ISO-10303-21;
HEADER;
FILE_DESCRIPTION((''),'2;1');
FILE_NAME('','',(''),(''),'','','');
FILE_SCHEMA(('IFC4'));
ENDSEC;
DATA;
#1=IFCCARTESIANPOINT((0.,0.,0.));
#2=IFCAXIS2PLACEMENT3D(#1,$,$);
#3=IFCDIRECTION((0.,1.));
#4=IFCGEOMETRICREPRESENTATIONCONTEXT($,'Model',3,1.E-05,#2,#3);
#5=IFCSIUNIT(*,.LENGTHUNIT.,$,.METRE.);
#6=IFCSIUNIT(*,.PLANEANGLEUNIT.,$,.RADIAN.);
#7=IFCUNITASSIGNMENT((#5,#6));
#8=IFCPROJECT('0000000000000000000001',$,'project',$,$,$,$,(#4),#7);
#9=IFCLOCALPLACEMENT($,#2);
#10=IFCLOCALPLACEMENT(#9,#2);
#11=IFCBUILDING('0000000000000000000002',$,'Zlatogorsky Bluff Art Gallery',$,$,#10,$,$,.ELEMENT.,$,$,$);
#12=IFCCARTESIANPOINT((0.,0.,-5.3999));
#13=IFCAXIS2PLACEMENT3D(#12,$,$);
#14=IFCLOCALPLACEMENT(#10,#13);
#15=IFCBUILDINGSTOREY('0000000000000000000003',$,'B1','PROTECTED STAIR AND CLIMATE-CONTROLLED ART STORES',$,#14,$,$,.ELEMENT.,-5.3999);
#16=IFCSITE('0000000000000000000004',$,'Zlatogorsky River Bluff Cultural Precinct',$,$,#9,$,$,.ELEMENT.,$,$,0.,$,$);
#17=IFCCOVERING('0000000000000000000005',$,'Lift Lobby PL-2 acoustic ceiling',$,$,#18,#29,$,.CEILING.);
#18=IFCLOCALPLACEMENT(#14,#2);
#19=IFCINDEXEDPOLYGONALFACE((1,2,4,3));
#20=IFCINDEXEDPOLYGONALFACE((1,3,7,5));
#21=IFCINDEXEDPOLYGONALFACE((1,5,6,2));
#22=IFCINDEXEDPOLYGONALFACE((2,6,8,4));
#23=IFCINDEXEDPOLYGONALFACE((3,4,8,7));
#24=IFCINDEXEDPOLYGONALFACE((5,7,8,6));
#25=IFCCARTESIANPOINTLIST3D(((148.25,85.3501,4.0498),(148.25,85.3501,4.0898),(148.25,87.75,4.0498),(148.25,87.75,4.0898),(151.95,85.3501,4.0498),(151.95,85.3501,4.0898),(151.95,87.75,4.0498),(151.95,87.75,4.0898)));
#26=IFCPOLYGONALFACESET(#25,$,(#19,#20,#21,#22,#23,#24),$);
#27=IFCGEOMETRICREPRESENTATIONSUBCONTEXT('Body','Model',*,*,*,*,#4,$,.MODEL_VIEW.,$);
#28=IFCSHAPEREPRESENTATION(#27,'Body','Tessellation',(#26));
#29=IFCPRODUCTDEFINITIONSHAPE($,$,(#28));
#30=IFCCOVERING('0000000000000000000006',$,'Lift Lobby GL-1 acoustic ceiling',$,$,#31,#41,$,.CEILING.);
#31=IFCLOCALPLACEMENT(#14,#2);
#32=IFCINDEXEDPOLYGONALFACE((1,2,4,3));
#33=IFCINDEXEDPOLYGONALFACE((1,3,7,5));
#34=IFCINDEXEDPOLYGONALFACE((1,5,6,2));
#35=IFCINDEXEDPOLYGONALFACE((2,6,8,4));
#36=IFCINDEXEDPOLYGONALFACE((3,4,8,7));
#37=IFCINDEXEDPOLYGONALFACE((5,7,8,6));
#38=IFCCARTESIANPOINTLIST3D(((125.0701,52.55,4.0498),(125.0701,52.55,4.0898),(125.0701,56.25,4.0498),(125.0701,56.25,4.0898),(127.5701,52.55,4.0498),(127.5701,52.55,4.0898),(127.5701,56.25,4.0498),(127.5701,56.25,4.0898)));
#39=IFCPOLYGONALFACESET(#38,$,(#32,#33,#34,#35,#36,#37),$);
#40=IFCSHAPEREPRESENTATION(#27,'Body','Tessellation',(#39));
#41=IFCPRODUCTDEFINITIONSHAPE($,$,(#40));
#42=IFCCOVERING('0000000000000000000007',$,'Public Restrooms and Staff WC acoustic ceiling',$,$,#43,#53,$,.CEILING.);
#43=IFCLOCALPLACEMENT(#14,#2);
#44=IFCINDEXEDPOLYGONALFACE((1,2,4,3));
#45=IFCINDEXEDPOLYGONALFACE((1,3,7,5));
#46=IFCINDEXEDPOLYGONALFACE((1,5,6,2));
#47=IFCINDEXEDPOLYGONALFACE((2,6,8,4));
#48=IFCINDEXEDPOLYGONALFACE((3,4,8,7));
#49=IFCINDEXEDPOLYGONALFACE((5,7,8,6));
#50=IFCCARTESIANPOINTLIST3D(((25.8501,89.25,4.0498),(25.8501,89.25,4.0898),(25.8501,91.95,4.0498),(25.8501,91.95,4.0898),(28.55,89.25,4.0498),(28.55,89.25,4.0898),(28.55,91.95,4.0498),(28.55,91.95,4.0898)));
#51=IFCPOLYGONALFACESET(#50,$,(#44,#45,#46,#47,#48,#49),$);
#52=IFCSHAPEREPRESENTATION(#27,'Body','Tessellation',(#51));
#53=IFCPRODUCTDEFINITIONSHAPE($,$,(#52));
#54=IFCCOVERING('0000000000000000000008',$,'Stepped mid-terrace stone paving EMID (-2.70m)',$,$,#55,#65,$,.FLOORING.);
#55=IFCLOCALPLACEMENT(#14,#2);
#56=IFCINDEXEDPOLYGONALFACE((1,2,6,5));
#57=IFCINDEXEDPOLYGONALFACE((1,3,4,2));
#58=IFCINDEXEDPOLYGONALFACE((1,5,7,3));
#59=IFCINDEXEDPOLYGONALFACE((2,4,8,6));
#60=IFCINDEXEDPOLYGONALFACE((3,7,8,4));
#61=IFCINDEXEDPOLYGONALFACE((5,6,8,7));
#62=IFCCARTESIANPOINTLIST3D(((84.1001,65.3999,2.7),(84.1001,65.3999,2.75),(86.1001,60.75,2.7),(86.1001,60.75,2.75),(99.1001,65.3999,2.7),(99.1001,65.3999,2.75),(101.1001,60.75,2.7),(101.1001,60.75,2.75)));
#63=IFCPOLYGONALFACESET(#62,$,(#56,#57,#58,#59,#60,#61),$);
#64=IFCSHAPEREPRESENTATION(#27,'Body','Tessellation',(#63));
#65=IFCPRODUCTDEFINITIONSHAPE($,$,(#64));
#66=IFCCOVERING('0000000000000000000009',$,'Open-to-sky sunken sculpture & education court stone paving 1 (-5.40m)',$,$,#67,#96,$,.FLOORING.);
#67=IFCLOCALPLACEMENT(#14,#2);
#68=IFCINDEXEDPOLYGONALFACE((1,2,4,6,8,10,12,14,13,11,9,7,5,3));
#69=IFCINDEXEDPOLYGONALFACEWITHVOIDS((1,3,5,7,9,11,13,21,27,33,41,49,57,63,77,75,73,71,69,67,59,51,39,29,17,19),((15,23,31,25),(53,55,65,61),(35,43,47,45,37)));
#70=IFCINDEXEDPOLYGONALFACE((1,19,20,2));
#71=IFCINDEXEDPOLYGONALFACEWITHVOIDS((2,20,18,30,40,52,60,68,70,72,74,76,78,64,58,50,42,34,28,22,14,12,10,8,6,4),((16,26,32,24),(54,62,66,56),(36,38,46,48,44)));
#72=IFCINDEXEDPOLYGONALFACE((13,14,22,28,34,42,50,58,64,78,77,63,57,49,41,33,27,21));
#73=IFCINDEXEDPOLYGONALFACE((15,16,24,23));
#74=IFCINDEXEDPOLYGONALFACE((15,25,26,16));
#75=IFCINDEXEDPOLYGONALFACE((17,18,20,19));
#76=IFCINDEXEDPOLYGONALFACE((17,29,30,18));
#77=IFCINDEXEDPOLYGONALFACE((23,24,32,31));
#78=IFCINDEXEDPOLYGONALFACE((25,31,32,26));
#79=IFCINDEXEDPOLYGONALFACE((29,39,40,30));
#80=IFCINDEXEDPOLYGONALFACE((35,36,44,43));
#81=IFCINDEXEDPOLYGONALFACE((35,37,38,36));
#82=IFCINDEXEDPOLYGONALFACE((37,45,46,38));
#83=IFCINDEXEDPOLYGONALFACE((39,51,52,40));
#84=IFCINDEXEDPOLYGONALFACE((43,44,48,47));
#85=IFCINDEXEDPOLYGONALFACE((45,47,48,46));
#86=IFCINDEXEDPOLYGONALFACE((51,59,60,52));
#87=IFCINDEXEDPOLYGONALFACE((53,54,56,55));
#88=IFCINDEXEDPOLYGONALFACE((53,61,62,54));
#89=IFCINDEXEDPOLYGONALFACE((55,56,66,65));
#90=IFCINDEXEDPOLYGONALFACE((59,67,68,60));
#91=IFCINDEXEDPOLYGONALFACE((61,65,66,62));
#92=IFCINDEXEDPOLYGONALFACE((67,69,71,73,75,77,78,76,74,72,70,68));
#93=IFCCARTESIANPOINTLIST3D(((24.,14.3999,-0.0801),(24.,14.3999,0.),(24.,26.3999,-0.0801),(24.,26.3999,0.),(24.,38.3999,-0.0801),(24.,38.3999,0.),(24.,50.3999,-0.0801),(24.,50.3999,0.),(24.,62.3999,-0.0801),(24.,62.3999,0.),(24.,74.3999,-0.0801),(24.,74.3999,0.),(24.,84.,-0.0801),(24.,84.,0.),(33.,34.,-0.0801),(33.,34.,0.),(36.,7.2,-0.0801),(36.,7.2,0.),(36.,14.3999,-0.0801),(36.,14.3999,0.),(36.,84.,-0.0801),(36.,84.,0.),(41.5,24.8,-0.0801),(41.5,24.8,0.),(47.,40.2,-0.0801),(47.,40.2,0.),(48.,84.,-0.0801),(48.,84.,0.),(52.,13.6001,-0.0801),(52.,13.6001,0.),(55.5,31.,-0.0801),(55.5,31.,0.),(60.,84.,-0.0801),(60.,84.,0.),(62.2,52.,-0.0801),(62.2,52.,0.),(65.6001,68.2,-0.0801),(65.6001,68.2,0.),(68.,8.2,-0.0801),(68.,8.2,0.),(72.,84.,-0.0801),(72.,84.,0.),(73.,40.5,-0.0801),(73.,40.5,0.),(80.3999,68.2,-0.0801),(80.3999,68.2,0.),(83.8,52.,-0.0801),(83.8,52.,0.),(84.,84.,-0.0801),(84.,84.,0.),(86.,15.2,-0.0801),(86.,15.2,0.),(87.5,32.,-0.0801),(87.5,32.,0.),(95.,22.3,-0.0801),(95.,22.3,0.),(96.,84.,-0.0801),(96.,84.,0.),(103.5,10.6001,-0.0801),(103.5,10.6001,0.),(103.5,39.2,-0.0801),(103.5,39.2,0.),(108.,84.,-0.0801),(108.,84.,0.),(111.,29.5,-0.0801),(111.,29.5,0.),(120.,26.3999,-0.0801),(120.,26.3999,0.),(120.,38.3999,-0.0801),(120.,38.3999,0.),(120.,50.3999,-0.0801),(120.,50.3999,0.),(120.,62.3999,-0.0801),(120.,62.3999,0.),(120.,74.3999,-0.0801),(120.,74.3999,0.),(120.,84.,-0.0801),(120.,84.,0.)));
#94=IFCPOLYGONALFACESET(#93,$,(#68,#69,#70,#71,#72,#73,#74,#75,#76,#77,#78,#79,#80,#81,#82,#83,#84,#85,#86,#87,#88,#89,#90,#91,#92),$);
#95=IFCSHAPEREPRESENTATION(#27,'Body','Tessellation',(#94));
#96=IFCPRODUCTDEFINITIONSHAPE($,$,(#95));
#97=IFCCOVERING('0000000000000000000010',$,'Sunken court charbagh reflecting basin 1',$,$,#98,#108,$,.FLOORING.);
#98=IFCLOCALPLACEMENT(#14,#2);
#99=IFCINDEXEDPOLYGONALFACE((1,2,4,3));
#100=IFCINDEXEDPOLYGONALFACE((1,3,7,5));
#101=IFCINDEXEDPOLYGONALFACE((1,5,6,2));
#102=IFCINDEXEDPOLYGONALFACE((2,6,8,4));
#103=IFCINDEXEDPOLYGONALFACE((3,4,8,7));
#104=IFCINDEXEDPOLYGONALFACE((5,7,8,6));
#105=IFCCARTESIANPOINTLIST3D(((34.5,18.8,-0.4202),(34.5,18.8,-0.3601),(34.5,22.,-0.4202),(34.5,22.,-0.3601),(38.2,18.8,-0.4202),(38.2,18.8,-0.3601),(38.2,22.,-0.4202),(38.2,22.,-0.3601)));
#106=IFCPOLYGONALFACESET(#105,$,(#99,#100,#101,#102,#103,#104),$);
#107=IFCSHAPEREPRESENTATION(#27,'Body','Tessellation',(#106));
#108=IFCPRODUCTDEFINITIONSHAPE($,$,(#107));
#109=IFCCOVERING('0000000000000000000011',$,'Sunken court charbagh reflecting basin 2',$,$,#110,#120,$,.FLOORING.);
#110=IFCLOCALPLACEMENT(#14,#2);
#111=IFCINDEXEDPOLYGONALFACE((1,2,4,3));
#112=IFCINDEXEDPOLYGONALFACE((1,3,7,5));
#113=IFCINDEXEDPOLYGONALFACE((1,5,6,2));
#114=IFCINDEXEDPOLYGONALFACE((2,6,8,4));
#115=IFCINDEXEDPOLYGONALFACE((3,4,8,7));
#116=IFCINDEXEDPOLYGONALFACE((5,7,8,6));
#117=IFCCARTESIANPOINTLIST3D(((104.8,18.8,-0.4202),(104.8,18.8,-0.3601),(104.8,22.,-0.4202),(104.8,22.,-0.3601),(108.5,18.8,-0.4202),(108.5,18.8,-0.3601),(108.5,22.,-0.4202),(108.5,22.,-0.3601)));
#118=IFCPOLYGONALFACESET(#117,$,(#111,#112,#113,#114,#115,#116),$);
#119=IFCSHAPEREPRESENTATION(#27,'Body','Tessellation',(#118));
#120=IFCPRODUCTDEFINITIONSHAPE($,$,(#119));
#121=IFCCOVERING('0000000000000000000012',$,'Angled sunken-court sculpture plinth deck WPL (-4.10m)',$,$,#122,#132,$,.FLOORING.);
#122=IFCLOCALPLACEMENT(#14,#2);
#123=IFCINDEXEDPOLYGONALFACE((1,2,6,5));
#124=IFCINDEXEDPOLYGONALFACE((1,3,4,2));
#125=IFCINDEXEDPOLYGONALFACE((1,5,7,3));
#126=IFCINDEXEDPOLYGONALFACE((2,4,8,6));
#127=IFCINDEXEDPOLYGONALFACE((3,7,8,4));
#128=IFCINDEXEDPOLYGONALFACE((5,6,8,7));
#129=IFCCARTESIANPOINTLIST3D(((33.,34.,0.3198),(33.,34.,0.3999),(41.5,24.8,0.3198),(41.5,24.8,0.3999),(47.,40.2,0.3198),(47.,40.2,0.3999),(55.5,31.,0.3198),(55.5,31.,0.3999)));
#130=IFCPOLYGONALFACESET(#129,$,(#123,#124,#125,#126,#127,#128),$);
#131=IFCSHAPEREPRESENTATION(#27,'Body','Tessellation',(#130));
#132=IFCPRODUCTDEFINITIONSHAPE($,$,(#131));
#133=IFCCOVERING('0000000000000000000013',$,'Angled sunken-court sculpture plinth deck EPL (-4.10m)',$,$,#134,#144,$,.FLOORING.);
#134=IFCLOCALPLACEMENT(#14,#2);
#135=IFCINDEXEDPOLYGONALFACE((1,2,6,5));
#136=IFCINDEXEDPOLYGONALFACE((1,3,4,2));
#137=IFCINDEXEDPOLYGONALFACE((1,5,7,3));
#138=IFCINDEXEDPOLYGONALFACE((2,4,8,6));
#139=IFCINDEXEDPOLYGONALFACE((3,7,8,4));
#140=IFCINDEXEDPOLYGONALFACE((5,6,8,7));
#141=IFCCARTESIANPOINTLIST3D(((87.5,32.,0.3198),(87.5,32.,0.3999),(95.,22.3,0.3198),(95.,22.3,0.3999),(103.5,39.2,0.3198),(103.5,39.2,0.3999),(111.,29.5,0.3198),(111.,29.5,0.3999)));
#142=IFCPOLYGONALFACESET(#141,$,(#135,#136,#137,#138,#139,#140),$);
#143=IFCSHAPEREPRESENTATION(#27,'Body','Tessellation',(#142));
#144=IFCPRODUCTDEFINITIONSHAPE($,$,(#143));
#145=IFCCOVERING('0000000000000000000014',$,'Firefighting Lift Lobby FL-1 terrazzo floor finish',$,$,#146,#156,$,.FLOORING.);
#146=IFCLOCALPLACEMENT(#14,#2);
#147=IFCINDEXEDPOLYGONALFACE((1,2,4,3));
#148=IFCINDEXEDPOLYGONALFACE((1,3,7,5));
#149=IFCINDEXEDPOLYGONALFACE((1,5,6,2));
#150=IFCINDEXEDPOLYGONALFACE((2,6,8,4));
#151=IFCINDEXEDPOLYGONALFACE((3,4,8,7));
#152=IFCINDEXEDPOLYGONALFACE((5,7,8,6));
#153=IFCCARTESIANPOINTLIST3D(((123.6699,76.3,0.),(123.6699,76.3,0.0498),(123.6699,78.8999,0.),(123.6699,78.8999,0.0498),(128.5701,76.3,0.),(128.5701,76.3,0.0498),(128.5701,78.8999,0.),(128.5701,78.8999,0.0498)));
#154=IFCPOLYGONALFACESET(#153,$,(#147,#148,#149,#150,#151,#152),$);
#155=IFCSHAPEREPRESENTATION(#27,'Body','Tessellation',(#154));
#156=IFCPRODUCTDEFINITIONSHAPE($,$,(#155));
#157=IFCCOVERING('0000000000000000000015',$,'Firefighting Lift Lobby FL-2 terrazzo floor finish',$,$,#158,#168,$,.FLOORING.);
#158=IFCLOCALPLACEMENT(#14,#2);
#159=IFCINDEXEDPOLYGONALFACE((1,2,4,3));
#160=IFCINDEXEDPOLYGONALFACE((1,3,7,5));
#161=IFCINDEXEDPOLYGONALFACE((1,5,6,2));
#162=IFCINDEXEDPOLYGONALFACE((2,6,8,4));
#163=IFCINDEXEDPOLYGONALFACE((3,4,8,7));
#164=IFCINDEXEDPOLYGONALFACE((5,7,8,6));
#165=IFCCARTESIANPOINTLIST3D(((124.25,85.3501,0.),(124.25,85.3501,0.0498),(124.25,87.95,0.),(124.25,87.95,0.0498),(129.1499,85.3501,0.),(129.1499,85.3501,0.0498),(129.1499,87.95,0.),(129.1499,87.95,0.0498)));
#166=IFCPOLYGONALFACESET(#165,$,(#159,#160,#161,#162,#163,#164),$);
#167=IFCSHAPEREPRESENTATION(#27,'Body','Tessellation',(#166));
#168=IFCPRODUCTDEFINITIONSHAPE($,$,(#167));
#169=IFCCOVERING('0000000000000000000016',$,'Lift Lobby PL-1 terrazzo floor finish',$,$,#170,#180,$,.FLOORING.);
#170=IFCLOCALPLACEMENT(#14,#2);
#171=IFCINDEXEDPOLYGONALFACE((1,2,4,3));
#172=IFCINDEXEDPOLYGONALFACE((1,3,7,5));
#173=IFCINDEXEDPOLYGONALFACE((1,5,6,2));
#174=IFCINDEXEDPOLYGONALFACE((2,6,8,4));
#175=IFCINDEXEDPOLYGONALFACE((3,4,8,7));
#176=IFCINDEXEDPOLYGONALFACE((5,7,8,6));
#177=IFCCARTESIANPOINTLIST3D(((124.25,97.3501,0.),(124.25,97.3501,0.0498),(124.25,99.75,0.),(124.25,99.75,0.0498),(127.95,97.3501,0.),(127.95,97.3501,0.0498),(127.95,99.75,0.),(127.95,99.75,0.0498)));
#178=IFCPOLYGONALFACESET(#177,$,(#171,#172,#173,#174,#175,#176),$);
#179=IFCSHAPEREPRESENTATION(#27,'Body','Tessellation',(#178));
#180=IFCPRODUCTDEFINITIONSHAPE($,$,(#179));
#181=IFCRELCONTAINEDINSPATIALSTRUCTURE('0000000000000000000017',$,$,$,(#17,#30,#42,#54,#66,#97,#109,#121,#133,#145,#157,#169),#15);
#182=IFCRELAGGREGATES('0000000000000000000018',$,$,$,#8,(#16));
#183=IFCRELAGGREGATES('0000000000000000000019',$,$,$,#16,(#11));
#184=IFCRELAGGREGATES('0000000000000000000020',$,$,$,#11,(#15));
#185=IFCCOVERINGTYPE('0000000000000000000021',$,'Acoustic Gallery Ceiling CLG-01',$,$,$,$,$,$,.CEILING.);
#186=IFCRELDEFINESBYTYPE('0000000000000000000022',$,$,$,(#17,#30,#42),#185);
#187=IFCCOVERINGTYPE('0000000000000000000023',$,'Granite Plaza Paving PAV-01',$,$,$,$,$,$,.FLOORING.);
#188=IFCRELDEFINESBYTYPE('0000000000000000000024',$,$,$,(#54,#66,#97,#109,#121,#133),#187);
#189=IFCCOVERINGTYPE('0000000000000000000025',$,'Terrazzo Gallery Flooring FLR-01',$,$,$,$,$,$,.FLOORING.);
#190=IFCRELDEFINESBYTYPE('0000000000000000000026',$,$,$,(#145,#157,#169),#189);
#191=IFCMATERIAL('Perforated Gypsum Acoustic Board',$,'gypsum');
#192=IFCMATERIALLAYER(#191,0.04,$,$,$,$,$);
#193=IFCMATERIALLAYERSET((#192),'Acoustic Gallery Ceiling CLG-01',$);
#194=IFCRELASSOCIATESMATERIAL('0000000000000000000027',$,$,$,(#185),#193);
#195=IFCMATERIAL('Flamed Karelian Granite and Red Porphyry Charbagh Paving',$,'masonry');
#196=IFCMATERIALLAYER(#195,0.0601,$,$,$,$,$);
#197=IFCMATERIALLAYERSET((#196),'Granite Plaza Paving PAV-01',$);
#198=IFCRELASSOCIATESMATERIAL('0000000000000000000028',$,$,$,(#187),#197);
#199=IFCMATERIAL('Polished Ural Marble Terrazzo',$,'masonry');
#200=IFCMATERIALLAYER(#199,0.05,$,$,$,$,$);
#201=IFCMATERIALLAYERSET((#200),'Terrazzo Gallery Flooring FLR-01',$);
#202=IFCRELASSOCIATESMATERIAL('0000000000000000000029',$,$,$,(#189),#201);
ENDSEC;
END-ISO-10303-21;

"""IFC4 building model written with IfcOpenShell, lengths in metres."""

from ifc_helpers import new_model, si_unit, direction, frame, origin, place, context, subcontext, project, spatial, polyline, outline, extrude, material, layer, layer_set, type_object, element, save


model = new_model("IFC4")

# Units and contexts
model_context = context("Model", 3, precision=1e-05, world=origin(), true_north=direction((0.0, 1.0)))
body_context = subcontext(model_context, "Body", "Model", "MODEL_VIEW")
ifc_project = project(units=[si_unit("LENGTHUNIT", "METRE"), si_unit("PLANEANGLEUNIT", "RADIAN")], contexts=[model_context])

# Site, building, storey
site_placement = place(None, origin())
site = spatial("IfcSite", under=ifc_project, at=site_placement, Name="Zlatogorsky River Bluff Cultural Precinct", CompositionType="ELEMENT", RefElevation=0.0)
building_placement = place(site_placement, origin())
building = spatial("IfcBuilding", under=site, at=building_placement, Name="Zlatogorsky Bluff Art Gallery", CompositionType="ELEMENT")
storey_placement = place(building_placement, frame((0.0, 0.0, -5.3999)))
storey = spatial("IfcBuildingStorey", under=building, at=storey_placement, Name="B1", Description="PROTECTED STAIR AND CLIMATE-CONTROLLED ART STORES", CompositionType="ELEMENT", Elevation=-5.3999)

# Coverings
ifc_material_1 = material(Name="Perforated Gypsum Acoustic Board", Category="gypsum")
ifc_layer_1 = layer(ifc_material_1, 0.04)
ifc_layer_set_1 = layer_set([ifc_layer_1], Name="Acoustic Gallery Ceiling CLG-01")
covering_type_1 = type_object("IfcCoveringType", Name="Acoustic Gallery Ceiling CLG-01", PredefinedType="CEILING", material=ifc_layer_set_1)
covering_1_placement = place(storey_placement, frame((0.0, 0.0, 4.0498)))
element("IfcCovering", 1, at=covering_1_placement, inside=storey, type_object=covering_type_1, Name="Lift Lobby PL-2 acoustic ceiling", PredefinedType="CEILING", context=body_context, shape_type="SweptSolid", body=[
    extrude(outline(polyline([(151.95, 87.75), (151.95, 85.3501), (148.25, 85.3501), (148.25, 87.75), (151.95, 87.75)])), origin(), (0.0, 0.0, 1.0), 0.04),
])
covering_2_placement = place(storey_placement, frame((0.0, 0.0, 4.0498)))
element("IfcCovering", 2, at=covering_2_placement, inside=storey, type_object=covering_type_1, Name="Lift Lobby GL-1 acoustic ceiling", PredefinedType="CEILING", context=body_context, shape_type="SweptSolid", body=[
    extrude(outline(polyline([(127.5701, 52.55), (125.0701, 52.55), (125.0701, 56.25), (127.5701, 56.25), (127.5701, 52.55)])), origin(), (0.0, 0.0, 1.0), 0.04),
])
covering_3_placement = place(storey_placement, frame((0.0, 0.0, 4.0498)))
element("IfcCovering", 3, at=covering_3_placement, inside=storey, type_object=covering_type_1, Name="Public Restrooms and Staff WC acoustic ceiling", PredefinedType="CEILING", context=body_context, shape_type="SweptSolid", body=[
    extrude(outline(polyline([(28.55, 91.95), (28.55, 89.25), (25.8501, 89.25), (25.8501, 91.95), (28.55, 91.95)])), origin(), (0.0, 0.0, 1.0), 0.04),
])
ifc_material_2 = material(Name="Flamed Karelian Granite and Red Porphyry Charbagh Paving", Category="masonry")
ifc_layer_2 = layer(ifc_material_2, 0.0601)
ifc_layer_set_2 = layer_set([ifc_layer_2], Name="Granite Plaza Paving PAV-01")
covering_type_2 = type_object("IfcCoveringType", Name="Granite Plaza Paving PAV-01", PredefinedType="FLOORING", material=ifc_layer_set_2)
covering_4_placement = place(storey_placement, frame((0.0, 0.0, 2.7)))
element("IfcCovering", 4, at=covering_4_placement, inside=storey, type_object=covering_type_2, Name="Stepped mid-terrace stone paving EMID (-2.70m)", PredefinedType="FLOORING", context=body_context, shape_type="SweptSolid", body=[
    extrude(outline(polyline([(86.1001, 60.75), (101.1001, 60.75), (99.1001, 65.3999), (84.1001, 65.3999), (86.1001, 60.75)])), origin(), (0.0, 0.0, 1.0), 0.05),
])
covering_5_placement = place(storey_placement, frame((0.0, 0.0, -0.0801)))
element("IfcCovering", 5, at=covering_5_placement, inside=storey, type_object=covering_type_2, Name="Open-to-sky sunken sculpture & education court stone paving 1 (-5.40m)", PredefinedType="FLOORING", context=body_context, shape_type="SweptSolid", body=[
    extrude(outline(polyline([(103.5, 10.6001), (86.0, 15.2), (68.0, 8.2), (52.0, 13.6001), (36.0, 7.2), (36.0, 14.3999), (24.0, 14.3999), (24.0, 26.3999), (24.0, 38.3999), (24.0, 50.3999), (24.0, 62.3999), (24.0, 74.3999), (24.0, 84.0), (36.0, 84.0), (48.0, 84.0), (60.0, 84.0), (72.0, 84.0), (84.0, 84.0), (96.0, 84.0), (108.0, 84.0), (120.0, 84.0), (120.0, 74.3999), (120.0, 62.3999), (120.0, 50.3999), (120.0, 38.3999), (120.0, 26.3999), (103.5, 10.6001)]), holes=[polyline([(103.5, 39.2), (87.5, 32.0), (95.0, 22.3), (111.0, 29.5), (103.5, 39.2)]), polyline([(47.0, 40.2), (33.0, 34.0), (41.5, 24.8), (55.5, 31.0), (47.0, 40.2)]), polyline([(80.3999, 68.2), (65.6001, 68.2), (62.2, 52.0), (73.0, 40.5), (83.8, 52.0), (80.3999, 68.2)])]), origin(), (0.0, 0.0, 1.0), 0.0801),
])
covering_6_placement = place(storey_placement, frame((0.0, 0.0, -0.4202)))
element("IfcCovering", 6, at=covering_6_placement, inside=storey, type_object=covering_type_2, Name="Sunken court charbagh reflecting basin 1", PredefinedType="FLOORING", context=body_context, shape_type="SweptSolid", body=[
    extrude(outline(polyline([(34.5, 18.8), (38.2, 18.8), (38.2, 22.0), (34.5, 22.0), (34.5, 18.8)])), origin(), (0.0, 0.0, 1.0), 0.0601),
])
covering_7_placement = place(storey_placement, frame((0.0, 0.0, -0.4202)))
element("IfcCovering", 7, at=covering_7_placement, inside=storey, type_object=covering_type_2, Name="Sunken court charbagh reflecting basin 2", PredefinedType="FLOORING", context=body_context, shape_type="SweptSolid", body=[
    extrude(outline(polyline([(104.8, 18.8), (108.5, 18.8), (108.5, 22.0), (104.8, 22.0), (104.8, 18.8)])), origin(), (0.0, 0.0, 1.0), 0.0601),
])
covering_8_placement = place(storey_placement, frame((0.0, 0.0, 0.3198)))
element("IfcCovering", 8, at=covering_8_placement, inside=storey, type_object=covering_type_2, Name="Angled sunken-court sculpture plinth deck WPL (-4.10m)", PredefinedType="FLOORING", context=body_context, shape_type="SweptSolid", body=[
    extrude(outline(polyline([(33.0, 34.0), (47.0, 40.2), (55.5, 31.0), (41.5, 24.8), (33.0, 34.0)])), origin(), (0.0, 0.0, 1.0), 0.0801),
])
covering_9_placement = place(storey_placement, frame((0.0, 0.0, 0.3198)))
element("IfcCovering", 9, at=covering_9_placement, inside=storey, type_object=covering_type_2, Name="Angled sunken-court sculpture plinth deck EPL (-4.10m)", PredefinedType="FLOORING", context=body_context, shape_type="SweptSolid", body=[
    extrude(outline(polyline([(87.5, 32.0), (103.5, 39.2), (111.0, 29.5), (95.0, 22.3), (87.5, 32.0)])), origin(), (0.0, 0.0, 1.0), 0.0801),
])
ifc_material_3 = material(Name="Polished Ural Marble Terrazzo", Category="masonry")
ifc_layer_3 = layer(ifc_material_3, 0.05)
ifc_layer_set_3 = layer_set([ifc_layer_3], Name="Terrazzo Gallery Flooring FLR-01")
covering_type_3 = type_object("IfcCoveringType", Name="Terrazzo Gallery Flooring FLR-01", PredefinedType="FLOORING", material=ifc_layer_set_3)
covering_10_placement = place(storey_placement, origin())
element("IfcCovering", 10, at=covering_10_placement, inside=storey, type_object=covering_type_3, Name="Firefighting Lift Lobby FL-1 terrazzo floor finish", PredefinedType="FLOORING", context=body_context, shape_type="SweptSolid", body=[
    extrude(outline(polyline([(128.5701, 78.8999), (128.5701, 76.3), (123.6699, 76.3), (123.6699, 78.8999), (128.5701, 78.8999)])), origin(), (0.0, 0.0, 1.0), 0.0498),
])
covering_11_placement = place(storey_placement, origin())
element("IfcCovering", 11, at=covering_11_placement, inside=storey, type_object=covering_type_3, Name="Firefighting Lift Lobby FL-2 terrazzo floor finish", PredefinedType="FLOORING", context=body_context, shape_type="SweptSolid", body=[
    extrude(outline(polyline([(129.1499, 87.95), (129.1499, 85.3501), (124.25, 85.3501), (124.25, 87.95), (129.1499, 87.95)])), origin(), (0.0, 0.0, 1.0), 0.0498),
])
covering_12_placement = place(storey_placement, origin())
element("IfcCovering", 12, at=covering_12_placement, inside=storey, type_object=covering_type_3, Name="Lift Lobby PL-1 terrazzo floor finish", PredefinedType="FLOORING", context=body_context, shape_type="SweptSolid", body=[
    extrude(outline(polyline([(127.95, 99.75), (127.95, 97.3501), (124.25, 97.3501), (124.25, 99.75), (127.95, 99.75)])), origin(), (0.0, 0.0, 1.0), 0.0498),
])

save(model, "model.ifc")
